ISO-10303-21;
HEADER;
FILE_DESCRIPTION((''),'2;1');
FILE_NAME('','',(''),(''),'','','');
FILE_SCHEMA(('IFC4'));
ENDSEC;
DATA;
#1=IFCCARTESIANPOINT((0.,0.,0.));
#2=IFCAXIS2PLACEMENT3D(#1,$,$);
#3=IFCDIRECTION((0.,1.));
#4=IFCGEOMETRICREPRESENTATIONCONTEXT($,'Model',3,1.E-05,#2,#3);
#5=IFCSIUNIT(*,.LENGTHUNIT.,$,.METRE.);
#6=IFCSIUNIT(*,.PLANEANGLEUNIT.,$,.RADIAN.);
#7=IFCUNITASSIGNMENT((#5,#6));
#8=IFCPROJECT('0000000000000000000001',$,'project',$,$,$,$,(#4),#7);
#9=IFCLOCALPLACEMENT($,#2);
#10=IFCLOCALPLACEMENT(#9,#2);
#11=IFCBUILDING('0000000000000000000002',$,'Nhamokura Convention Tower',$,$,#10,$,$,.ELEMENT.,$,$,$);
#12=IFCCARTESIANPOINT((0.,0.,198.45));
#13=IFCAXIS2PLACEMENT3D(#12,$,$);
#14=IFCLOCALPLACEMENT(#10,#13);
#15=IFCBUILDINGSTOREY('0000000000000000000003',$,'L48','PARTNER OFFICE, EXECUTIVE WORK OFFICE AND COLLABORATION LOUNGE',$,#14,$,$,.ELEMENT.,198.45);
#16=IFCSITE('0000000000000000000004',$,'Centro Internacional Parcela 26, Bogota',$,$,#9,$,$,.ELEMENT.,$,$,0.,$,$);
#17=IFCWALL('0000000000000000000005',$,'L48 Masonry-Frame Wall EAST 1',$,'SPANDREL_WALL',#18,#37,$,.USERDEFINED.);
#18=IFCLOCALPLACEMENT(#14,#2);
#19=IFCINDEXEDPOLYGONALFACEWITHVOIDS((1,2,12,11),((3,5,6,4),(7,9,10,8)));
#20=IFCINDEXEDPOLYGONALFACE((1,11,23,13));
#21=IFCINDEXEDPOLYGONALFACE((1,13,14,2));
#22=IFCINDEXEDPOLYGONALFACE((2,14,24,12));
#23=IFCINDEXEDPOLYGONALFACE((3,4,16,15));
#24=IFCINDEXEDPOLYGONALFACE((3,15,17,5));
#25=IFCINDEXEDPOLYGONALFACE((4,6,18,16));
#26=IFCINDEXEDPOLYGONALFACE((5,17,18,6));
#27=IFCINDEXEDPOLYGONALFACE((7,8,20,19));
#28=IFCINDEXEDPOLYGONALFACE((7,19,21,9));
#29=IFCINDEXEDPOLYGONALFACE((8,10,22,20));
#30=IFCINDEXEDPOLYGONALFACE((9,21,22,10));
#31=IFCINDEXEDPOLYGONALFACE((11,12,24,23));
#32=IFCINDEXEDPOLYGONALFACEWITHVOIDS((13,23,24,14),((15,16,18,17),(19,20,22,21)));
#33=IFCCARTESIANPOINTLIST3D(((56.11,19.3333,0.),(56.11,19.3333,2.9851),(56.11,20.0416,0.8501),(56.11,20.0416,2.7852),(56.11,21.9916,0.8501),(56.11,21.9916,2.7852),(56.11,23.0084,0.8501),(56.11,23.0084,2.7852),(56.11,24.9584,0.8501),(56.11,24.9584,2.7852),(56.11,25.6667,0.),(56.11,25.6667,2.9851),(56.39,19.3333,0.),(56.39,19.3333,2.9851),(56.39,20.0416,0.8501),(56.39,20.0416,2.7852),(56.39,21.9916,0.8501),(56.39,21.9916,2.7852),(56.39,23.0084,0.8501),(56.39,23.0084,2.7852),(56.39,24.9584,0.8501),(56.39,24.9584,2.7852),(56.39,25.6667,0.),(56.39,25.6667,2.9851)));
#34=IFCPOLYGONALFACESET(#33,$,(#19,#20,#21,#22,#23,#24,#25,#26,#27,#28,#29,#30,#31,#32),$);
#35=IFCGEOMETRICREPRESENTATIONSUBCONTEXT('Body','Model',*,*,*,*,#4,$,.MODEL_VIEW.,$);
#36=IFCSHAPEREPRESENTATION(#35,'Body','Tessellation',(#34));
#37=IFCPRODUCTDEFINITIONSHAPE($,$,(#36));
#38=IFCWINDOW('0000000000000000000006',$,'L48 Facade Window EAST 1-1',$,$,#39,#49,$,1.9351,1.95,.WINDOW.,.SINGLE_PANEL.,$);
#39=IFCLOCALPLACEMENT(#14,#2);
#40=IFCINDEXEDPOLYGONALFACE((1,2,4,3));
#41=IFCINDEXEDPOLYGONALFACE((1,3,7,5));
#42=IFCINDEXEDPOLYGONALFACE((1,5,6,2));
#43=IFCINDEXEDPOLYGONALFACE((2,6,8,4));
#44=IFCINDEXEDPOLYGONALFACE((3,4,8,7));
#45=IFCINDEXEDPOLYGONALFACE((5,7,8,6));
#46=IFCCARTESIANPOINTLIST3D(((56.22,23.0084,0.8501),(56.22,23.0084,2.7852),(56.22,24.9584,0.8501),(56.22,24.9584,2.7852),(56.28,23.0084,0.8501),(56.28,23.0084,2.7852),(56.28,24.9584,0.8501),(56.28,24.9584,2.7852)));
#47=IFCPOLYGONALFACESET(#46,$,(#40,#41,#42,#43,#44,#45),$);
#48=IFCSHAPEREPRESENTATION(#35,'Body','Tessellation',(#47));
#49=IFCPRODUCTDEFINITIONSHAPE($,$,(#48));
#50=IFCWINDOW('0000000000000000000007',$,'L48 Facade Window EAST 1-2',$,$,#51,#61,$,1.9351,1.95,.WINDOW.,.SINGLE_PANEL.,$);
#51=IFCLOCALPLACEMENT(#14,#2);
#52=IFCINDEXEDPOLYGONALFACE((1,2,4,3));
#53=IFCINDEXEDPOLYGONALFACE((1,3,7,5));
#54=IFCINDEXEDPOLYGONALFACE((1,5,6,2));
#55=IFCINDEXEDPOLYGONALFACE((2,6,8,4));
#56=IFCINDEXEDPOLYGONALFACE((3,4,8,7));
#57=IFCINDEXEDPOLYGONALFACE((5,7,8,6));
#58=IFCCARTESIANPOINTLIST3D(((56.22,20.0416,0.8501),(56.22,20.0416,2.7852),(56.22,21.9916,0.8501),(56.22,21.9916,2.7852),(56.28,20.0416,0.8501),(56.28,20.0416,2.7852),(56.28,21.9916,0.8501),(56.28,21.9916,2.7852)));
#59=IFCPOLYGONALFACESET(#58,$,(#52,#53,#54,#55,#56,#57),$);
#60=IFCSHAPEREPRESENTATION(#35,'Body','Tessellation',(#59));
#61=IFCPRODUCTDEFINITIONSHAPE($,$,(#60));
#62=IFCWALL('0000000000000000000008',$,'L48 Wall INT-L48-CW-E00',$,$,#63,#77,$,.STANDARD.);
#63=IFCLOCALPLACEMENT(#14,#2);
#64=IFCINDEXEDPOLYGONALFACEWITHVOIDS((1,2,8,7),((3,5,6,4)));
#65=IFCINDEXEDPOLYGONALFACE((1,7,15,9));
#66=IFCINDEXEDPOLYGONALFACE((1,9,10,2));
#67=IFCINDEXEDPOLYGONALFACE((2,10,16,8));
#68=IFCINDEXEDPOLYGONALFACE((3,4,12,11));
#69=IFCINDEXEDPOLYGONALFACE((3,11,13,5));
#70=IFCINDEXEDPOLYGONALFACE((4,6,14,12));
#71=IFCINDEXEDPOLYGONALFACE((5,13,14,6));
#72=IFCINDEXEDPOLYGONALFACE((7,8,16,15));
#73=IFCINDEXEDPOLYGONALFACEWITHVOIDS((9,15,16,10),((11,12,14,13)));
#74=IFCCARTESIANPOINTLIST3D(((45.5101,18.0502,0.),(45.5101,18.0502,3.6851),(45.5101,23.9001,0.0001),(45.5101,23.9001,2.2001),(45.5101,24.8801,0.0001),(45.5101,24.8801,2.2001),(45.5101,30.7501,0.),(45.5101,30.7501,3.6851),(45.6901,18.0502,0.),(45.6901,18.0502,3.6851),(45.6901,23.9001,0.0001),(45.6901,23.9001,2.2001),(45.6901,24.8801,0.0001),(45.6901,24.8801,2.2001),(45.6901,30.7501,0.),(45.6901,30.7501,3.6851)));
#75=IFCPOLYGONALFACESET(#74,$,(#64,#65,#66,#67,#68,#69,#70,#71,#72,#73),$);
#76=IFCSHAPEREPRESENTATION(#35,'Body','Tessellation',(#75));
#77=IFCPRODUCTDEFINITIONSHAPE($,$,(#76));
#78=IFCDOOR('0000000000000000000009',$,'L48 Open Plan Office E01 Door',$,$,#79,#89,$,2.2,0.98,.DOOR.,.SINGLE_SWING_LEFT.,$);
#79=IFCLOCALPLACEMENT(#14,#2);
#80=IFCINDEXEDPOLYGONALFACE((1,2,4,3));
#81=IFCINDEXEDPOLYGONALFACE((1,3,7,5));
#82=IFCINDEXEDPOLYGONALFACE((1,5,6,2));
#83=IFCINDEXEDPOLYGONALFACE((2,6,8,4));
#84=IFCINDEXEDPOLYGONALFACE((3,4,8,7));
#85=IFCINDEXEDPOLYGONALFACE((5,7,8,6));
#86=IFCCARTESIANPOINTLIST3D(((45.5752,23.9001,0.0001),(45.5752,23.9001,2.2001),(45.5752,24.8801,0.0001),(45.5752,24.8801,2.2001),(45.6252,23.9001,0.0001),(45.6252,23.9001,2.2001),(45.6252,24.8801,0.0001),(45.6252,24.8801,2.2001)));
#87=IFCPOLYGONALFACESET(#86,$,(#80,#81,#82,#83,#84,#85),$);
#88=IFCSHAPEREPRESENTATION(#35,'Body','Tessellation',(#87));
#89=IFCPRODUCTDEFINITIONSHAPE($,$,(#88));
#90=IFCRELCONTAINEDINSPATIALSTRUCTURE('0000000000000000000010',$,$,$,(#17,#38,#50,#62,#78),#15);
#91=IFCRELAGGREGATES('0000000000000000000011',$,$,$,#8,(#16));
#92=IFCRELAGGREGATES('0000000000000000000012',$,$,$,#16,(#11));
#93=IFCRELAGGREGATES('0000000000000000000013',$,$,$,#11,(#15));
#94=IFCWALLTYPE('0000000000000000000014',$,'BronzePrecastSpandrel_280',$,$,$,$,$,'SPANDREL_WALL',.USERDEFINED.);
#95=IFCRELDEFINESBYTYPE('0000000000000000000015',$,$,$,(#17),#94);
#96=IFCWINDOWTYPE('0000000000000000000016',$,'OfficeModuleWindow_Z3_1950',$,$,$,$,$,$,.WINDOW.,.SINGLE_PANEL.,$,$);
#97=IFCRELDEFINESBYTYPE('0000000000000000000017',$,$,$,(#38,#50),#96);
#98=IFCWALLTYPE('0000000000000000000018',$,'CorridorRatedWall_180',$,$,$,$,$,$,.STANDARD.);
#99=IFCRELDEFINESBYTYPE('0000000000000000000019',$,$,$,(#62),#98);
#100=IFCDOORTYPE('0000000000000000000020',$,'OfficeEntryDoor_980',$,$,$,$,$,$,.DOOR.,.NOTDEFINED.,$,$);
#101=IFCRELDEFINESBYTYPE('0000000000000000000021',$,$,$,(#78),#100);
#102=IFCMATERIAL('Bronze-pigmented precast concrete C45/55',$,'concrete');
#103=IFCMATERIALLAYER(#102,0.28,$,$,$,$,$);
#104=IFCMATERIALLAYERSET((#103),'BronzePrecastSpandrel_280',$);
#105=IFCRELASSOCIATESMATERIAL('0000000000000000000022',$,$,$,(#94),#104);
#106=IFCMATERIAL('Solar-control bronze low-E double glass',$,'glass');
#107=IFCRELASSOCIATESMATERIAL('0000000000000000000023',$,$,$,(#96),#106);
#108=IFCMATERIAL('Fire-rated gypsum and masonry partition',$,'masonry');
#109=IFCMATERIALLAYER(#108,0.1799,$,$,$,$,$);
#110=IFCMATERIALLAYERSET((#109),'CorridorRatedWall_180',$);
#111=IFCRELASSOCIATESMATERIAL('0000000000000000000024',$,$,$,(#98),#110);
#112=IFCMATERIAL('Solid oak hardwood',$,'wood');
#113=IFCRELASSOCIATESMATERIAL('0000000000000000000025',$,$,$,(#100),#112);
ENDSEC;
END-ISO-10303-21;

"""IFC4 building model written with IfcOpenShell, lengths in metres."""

from ifc_helpers import new_model, si_unit, direction, frame, frame_2d, origin, place, context, subcontext, project, spatial, rectangle, extrude, material, layer, layer_set, type_object, element, fill, save


model = new_model("IFC4")

# Units and contexts
model_context = context("Model", 3, precision=1e-05, world=origin(), true_north=direction((0.0, 1.0)))
body_context = subcontext(model_context, "Body", "Model", "MODEL_VIEW")
ifc_project = project(units=[si_unit("LENGTHUNIT", "METRE"), si_unit("PLANEANGLEUNIT", "RADIAN")], contexts=[model_context])

# Site, building, storey
site_placement = place(None, origin())
site = spatial("IfcSite", under=ifc_project, at=site_placement, Name="Centro Internacional Parcela 26, Bogota", CompositionType="ELEMENT", RefElevation=0.0)
building_placement = place(site_placement, origin())
building = spatial("IfcBuilding", under=site, at=building_placement, Name="Nhamokura Convention Tower", CompositionType="ELEMENT")
storey_placement = place(building_placement, frame((0.0, 0.0, 198.45)))
storey = spatial("IfcBuildingStorey", under=building, at=storey_placement, Name="L48", Description="PARTNER OFFICE, EXECUTIVE WORK OFFICE AND COLLABORATION LOUNGE", CompositionType="ELEMENT", Elevation=198.45)

# Shared definitions
ifc_material_1 = material(Name="Bronze-pigmented precast concrete C45/55", Category="concrete")
ifc_layer_1 = layer(ifc_material_1, 0.28)
ifc_layer_set_1 = layer_set([ifc_layer_1], Name="BronzePrecastSpandrel_280")
wall_type_1 = type_object("IfcWallType", Name="BronzePrecastSpandrel_280", ElementType="SPANDREL_WALL", PredefinedType="USERDEFINED", material=ifc_layer_set_1)

# Wall, openings, windows
wall_1_placement = place(storey_placement, frame((56.25, 25.6667, 0.0), z_axis=(0.0, 0.0, 1.0), x_axis=(0.0, -1.0, 0.0)))
wall_1 = element("IfcWall", 1, at=wall_1_placement, inside=storey, type_object=wall_type_1, Name="L48 Masonry-Frame Wall EAST 1", ObjectType="SPANDREL_WALL", PredefinedType="USERDEFINED", context=body_context, shape_type="SweptSolid", body=[
    extrude(rectangle(XDim=6.3335, YDim=0.28, at=frame_2d((3.1667, 0.0))), origin(), (0.0, 0.0, 1.0), 2.9851),
])
opening_1_placement = place(wall_1_placement, frame((0.7083, 0.0, 0.8501)))
opening_1 = element("IfcOpeningElement", 2, at=opening_1_placement, cuts=wall_1, PredefinedType="OPENING", context=body_context, shape_type="SweptSolid", body=[
    extrude(rectangle(XDim=1.95, YDim=1.9351, at=frame_2d((0.9751, 0.9675))), frame((0.0, 0.1499, 0.0), z_axis=(0.0, -1.0, 0.0), x_axis=(1.0, 0.0, 0.0)), (0.0, 0.0, 1.0), 0.3),
])
opening_2_placement = place(wall_1_placement, frame((3.675, 0.0, 0.8501)))
opening_2 = element("IfcOpeningElement", 3, at=opening_2_placement, cuts=wall_1, PredefinedType="OPENING", context=body_context, shape_type="SweptSolid", body=[
    extrude(rectangle(XDim=1.95, YDim=1.9351, at=frame_2d((0.9751, 0.9675))), frame((0.0, 0.1499, 0.0), z_axis=(0.0, -1.0, 0.0), x_axis=(1.0, 0.0, 0.0)), (0.0, 0.0, 1.0), 0.3),
])
ifc_material_2 = material(Name="Solar-control bronze low-E double glass", Category="glass")
window_type = type_object("IfcWindowType", Name="OfficeModuleWindow_Z3_1950", PartitioningType="SINGLE_PANEL", PredefinedType="WINDOW", material=ifc_material_2)
window_1_placement = place(opening_1_placement, origin())
window_1 = element("IfcWindow", 4, at=window_1_placement, inside=storey, type_object=window_type, Name="L48 Facade Window EAST 1-1", OverallHeight=1.9351, OverallWidth=1.95, PartitioningType="SINGLE_PANEL", PredefinedType="WINDOW", context=body_context, shape_type="SweptSolid", body=[
    extrude(rectangle(XDim=1.95, YDim=1.9351, at=frame_2d((0.9751, 0.9675))), frame((0.0, 0.03, 0.0), z_axis=(0.0, -1.0, 0.0), x_axis=(1.0, 0.0, 0.0)), (0.0, 0.0, 1.0), 0.0601),
])
fill(opening_1, window_1)
window_2_placement = place(opening_2_placement, origin())
window_2 = element("IfcWindow", 5, at=window_2_placement, inside=storey, type_object=window_type, Name="L48 Facade Window EAST 1-2", OverallHeight=1.9351, OverallWidth=1.95, PartitioningType="SINGLE_PANEL", PredefinedType="WINDOW", context=body_context, shape_type="SweptSolid", body=[
    extrude(rectangle(XDim=1.95, YDim=1.9351, at=frame_2d((0.9751, 0.9675))), frame((0.0, 0.03, 0.0), z_axis=(0.0, -1.0, 0.0), x_axis=(1.0, 0.0, 0.0)), (0.0, 0.0, 1.0), 0.0601),
])
fill(opening_2, window_2)

# Wall, opening, door
ifc_material_3 = material(Name="Fire-rated gypsum and masonry partition", Category="masonry")
ifc_layer_2 = layer(ifc_material_3, 0.1799)
ifc_layer_set_2 = layer_set([ifc_layer_2], Name="CorridorRatedWall_180")
wall_type_2 = type_object("IfcWallType", Name="CorridorRatedWall_180", PredefinedType="STANDARD", material=ifc_layer_set_2)
wall_2_placement = place(storey_placement, frame((45.6001, 18.05, 0.0), z_axis=(0.0, 0.0, 1.0), x_axis=(0.0, 1.0, 0.0)))
wall_2 = element("IfcWall", 6, at=wall_2_placement, inside=storey, type_object=wall_type_2, Name="L48 Wall INT-L48-CW-E00", PredefinedType="STANDARD", context=body_context, shape_type="SweptSolid", body=[
    extrude(rectangle(XDim=12.7, YDim=0.1799, at=frame_2d((6.3501, 0.0))), origin(), (0.0, 0.0, 1.0), 3.6851),
])
opening_3_placement = place(wall_2_placement, frame((5.8501, 0.0, 0.0)))
opening_3 = element("IfcOpeningElement", 7, at=opening_3_placement, cuts=wall_2, PredefinedType="OPENING", context=body_context, shape_type="SweptSolid", body=[
    extrude(rectangle(XDim=0.98, YDim=2.2, at=frame_2d((0.49, 1.1001))), frame((0.0, 0.0999, 0.0), z_axis=(0.0, -1.0, 0.0), x_axis=(1.0, 0.0, 0.0)), (0.0, 0.0, 1.0), 0.2),
])
ifc_material_4 = material(Name="Solid oak hardwood", Category="wood")
door_type_1 = type_object("IfcDoorType", Name="OfficeEntryDoor_980", OperationType="NOTDEFINED", PredefinedType="DOOR", material=ifc_material_4)
door_1_placement = place(opening_3_placement, origin())
door_1 = element("IfcDoor", 8, at=door_1_placement, inside=storey, type_object=door_type_1, Name="L48 Open Plan Office E01 Door", OperationType="SINGLE_SWING_LEFT", OverallHeight=2.2, OverallWidth=0.98, PredefinedType="DOOR", context=body_context, shape_type="SweptSolid", body=[
    extrude(rectangle(XDim=0.98, YDim=2.2, at=frame_2d((0.49, 1.1001))), frame((0.0, 0.0249, 0.0), z_axis=(0.0, -1.0, 0.0), x_axis=(1.0, 0.0, 0.0)), (0.0, 0.0, 1.0), 0.05),
])
fill(opening_3, door_1)

save(model, "model.ifc")
